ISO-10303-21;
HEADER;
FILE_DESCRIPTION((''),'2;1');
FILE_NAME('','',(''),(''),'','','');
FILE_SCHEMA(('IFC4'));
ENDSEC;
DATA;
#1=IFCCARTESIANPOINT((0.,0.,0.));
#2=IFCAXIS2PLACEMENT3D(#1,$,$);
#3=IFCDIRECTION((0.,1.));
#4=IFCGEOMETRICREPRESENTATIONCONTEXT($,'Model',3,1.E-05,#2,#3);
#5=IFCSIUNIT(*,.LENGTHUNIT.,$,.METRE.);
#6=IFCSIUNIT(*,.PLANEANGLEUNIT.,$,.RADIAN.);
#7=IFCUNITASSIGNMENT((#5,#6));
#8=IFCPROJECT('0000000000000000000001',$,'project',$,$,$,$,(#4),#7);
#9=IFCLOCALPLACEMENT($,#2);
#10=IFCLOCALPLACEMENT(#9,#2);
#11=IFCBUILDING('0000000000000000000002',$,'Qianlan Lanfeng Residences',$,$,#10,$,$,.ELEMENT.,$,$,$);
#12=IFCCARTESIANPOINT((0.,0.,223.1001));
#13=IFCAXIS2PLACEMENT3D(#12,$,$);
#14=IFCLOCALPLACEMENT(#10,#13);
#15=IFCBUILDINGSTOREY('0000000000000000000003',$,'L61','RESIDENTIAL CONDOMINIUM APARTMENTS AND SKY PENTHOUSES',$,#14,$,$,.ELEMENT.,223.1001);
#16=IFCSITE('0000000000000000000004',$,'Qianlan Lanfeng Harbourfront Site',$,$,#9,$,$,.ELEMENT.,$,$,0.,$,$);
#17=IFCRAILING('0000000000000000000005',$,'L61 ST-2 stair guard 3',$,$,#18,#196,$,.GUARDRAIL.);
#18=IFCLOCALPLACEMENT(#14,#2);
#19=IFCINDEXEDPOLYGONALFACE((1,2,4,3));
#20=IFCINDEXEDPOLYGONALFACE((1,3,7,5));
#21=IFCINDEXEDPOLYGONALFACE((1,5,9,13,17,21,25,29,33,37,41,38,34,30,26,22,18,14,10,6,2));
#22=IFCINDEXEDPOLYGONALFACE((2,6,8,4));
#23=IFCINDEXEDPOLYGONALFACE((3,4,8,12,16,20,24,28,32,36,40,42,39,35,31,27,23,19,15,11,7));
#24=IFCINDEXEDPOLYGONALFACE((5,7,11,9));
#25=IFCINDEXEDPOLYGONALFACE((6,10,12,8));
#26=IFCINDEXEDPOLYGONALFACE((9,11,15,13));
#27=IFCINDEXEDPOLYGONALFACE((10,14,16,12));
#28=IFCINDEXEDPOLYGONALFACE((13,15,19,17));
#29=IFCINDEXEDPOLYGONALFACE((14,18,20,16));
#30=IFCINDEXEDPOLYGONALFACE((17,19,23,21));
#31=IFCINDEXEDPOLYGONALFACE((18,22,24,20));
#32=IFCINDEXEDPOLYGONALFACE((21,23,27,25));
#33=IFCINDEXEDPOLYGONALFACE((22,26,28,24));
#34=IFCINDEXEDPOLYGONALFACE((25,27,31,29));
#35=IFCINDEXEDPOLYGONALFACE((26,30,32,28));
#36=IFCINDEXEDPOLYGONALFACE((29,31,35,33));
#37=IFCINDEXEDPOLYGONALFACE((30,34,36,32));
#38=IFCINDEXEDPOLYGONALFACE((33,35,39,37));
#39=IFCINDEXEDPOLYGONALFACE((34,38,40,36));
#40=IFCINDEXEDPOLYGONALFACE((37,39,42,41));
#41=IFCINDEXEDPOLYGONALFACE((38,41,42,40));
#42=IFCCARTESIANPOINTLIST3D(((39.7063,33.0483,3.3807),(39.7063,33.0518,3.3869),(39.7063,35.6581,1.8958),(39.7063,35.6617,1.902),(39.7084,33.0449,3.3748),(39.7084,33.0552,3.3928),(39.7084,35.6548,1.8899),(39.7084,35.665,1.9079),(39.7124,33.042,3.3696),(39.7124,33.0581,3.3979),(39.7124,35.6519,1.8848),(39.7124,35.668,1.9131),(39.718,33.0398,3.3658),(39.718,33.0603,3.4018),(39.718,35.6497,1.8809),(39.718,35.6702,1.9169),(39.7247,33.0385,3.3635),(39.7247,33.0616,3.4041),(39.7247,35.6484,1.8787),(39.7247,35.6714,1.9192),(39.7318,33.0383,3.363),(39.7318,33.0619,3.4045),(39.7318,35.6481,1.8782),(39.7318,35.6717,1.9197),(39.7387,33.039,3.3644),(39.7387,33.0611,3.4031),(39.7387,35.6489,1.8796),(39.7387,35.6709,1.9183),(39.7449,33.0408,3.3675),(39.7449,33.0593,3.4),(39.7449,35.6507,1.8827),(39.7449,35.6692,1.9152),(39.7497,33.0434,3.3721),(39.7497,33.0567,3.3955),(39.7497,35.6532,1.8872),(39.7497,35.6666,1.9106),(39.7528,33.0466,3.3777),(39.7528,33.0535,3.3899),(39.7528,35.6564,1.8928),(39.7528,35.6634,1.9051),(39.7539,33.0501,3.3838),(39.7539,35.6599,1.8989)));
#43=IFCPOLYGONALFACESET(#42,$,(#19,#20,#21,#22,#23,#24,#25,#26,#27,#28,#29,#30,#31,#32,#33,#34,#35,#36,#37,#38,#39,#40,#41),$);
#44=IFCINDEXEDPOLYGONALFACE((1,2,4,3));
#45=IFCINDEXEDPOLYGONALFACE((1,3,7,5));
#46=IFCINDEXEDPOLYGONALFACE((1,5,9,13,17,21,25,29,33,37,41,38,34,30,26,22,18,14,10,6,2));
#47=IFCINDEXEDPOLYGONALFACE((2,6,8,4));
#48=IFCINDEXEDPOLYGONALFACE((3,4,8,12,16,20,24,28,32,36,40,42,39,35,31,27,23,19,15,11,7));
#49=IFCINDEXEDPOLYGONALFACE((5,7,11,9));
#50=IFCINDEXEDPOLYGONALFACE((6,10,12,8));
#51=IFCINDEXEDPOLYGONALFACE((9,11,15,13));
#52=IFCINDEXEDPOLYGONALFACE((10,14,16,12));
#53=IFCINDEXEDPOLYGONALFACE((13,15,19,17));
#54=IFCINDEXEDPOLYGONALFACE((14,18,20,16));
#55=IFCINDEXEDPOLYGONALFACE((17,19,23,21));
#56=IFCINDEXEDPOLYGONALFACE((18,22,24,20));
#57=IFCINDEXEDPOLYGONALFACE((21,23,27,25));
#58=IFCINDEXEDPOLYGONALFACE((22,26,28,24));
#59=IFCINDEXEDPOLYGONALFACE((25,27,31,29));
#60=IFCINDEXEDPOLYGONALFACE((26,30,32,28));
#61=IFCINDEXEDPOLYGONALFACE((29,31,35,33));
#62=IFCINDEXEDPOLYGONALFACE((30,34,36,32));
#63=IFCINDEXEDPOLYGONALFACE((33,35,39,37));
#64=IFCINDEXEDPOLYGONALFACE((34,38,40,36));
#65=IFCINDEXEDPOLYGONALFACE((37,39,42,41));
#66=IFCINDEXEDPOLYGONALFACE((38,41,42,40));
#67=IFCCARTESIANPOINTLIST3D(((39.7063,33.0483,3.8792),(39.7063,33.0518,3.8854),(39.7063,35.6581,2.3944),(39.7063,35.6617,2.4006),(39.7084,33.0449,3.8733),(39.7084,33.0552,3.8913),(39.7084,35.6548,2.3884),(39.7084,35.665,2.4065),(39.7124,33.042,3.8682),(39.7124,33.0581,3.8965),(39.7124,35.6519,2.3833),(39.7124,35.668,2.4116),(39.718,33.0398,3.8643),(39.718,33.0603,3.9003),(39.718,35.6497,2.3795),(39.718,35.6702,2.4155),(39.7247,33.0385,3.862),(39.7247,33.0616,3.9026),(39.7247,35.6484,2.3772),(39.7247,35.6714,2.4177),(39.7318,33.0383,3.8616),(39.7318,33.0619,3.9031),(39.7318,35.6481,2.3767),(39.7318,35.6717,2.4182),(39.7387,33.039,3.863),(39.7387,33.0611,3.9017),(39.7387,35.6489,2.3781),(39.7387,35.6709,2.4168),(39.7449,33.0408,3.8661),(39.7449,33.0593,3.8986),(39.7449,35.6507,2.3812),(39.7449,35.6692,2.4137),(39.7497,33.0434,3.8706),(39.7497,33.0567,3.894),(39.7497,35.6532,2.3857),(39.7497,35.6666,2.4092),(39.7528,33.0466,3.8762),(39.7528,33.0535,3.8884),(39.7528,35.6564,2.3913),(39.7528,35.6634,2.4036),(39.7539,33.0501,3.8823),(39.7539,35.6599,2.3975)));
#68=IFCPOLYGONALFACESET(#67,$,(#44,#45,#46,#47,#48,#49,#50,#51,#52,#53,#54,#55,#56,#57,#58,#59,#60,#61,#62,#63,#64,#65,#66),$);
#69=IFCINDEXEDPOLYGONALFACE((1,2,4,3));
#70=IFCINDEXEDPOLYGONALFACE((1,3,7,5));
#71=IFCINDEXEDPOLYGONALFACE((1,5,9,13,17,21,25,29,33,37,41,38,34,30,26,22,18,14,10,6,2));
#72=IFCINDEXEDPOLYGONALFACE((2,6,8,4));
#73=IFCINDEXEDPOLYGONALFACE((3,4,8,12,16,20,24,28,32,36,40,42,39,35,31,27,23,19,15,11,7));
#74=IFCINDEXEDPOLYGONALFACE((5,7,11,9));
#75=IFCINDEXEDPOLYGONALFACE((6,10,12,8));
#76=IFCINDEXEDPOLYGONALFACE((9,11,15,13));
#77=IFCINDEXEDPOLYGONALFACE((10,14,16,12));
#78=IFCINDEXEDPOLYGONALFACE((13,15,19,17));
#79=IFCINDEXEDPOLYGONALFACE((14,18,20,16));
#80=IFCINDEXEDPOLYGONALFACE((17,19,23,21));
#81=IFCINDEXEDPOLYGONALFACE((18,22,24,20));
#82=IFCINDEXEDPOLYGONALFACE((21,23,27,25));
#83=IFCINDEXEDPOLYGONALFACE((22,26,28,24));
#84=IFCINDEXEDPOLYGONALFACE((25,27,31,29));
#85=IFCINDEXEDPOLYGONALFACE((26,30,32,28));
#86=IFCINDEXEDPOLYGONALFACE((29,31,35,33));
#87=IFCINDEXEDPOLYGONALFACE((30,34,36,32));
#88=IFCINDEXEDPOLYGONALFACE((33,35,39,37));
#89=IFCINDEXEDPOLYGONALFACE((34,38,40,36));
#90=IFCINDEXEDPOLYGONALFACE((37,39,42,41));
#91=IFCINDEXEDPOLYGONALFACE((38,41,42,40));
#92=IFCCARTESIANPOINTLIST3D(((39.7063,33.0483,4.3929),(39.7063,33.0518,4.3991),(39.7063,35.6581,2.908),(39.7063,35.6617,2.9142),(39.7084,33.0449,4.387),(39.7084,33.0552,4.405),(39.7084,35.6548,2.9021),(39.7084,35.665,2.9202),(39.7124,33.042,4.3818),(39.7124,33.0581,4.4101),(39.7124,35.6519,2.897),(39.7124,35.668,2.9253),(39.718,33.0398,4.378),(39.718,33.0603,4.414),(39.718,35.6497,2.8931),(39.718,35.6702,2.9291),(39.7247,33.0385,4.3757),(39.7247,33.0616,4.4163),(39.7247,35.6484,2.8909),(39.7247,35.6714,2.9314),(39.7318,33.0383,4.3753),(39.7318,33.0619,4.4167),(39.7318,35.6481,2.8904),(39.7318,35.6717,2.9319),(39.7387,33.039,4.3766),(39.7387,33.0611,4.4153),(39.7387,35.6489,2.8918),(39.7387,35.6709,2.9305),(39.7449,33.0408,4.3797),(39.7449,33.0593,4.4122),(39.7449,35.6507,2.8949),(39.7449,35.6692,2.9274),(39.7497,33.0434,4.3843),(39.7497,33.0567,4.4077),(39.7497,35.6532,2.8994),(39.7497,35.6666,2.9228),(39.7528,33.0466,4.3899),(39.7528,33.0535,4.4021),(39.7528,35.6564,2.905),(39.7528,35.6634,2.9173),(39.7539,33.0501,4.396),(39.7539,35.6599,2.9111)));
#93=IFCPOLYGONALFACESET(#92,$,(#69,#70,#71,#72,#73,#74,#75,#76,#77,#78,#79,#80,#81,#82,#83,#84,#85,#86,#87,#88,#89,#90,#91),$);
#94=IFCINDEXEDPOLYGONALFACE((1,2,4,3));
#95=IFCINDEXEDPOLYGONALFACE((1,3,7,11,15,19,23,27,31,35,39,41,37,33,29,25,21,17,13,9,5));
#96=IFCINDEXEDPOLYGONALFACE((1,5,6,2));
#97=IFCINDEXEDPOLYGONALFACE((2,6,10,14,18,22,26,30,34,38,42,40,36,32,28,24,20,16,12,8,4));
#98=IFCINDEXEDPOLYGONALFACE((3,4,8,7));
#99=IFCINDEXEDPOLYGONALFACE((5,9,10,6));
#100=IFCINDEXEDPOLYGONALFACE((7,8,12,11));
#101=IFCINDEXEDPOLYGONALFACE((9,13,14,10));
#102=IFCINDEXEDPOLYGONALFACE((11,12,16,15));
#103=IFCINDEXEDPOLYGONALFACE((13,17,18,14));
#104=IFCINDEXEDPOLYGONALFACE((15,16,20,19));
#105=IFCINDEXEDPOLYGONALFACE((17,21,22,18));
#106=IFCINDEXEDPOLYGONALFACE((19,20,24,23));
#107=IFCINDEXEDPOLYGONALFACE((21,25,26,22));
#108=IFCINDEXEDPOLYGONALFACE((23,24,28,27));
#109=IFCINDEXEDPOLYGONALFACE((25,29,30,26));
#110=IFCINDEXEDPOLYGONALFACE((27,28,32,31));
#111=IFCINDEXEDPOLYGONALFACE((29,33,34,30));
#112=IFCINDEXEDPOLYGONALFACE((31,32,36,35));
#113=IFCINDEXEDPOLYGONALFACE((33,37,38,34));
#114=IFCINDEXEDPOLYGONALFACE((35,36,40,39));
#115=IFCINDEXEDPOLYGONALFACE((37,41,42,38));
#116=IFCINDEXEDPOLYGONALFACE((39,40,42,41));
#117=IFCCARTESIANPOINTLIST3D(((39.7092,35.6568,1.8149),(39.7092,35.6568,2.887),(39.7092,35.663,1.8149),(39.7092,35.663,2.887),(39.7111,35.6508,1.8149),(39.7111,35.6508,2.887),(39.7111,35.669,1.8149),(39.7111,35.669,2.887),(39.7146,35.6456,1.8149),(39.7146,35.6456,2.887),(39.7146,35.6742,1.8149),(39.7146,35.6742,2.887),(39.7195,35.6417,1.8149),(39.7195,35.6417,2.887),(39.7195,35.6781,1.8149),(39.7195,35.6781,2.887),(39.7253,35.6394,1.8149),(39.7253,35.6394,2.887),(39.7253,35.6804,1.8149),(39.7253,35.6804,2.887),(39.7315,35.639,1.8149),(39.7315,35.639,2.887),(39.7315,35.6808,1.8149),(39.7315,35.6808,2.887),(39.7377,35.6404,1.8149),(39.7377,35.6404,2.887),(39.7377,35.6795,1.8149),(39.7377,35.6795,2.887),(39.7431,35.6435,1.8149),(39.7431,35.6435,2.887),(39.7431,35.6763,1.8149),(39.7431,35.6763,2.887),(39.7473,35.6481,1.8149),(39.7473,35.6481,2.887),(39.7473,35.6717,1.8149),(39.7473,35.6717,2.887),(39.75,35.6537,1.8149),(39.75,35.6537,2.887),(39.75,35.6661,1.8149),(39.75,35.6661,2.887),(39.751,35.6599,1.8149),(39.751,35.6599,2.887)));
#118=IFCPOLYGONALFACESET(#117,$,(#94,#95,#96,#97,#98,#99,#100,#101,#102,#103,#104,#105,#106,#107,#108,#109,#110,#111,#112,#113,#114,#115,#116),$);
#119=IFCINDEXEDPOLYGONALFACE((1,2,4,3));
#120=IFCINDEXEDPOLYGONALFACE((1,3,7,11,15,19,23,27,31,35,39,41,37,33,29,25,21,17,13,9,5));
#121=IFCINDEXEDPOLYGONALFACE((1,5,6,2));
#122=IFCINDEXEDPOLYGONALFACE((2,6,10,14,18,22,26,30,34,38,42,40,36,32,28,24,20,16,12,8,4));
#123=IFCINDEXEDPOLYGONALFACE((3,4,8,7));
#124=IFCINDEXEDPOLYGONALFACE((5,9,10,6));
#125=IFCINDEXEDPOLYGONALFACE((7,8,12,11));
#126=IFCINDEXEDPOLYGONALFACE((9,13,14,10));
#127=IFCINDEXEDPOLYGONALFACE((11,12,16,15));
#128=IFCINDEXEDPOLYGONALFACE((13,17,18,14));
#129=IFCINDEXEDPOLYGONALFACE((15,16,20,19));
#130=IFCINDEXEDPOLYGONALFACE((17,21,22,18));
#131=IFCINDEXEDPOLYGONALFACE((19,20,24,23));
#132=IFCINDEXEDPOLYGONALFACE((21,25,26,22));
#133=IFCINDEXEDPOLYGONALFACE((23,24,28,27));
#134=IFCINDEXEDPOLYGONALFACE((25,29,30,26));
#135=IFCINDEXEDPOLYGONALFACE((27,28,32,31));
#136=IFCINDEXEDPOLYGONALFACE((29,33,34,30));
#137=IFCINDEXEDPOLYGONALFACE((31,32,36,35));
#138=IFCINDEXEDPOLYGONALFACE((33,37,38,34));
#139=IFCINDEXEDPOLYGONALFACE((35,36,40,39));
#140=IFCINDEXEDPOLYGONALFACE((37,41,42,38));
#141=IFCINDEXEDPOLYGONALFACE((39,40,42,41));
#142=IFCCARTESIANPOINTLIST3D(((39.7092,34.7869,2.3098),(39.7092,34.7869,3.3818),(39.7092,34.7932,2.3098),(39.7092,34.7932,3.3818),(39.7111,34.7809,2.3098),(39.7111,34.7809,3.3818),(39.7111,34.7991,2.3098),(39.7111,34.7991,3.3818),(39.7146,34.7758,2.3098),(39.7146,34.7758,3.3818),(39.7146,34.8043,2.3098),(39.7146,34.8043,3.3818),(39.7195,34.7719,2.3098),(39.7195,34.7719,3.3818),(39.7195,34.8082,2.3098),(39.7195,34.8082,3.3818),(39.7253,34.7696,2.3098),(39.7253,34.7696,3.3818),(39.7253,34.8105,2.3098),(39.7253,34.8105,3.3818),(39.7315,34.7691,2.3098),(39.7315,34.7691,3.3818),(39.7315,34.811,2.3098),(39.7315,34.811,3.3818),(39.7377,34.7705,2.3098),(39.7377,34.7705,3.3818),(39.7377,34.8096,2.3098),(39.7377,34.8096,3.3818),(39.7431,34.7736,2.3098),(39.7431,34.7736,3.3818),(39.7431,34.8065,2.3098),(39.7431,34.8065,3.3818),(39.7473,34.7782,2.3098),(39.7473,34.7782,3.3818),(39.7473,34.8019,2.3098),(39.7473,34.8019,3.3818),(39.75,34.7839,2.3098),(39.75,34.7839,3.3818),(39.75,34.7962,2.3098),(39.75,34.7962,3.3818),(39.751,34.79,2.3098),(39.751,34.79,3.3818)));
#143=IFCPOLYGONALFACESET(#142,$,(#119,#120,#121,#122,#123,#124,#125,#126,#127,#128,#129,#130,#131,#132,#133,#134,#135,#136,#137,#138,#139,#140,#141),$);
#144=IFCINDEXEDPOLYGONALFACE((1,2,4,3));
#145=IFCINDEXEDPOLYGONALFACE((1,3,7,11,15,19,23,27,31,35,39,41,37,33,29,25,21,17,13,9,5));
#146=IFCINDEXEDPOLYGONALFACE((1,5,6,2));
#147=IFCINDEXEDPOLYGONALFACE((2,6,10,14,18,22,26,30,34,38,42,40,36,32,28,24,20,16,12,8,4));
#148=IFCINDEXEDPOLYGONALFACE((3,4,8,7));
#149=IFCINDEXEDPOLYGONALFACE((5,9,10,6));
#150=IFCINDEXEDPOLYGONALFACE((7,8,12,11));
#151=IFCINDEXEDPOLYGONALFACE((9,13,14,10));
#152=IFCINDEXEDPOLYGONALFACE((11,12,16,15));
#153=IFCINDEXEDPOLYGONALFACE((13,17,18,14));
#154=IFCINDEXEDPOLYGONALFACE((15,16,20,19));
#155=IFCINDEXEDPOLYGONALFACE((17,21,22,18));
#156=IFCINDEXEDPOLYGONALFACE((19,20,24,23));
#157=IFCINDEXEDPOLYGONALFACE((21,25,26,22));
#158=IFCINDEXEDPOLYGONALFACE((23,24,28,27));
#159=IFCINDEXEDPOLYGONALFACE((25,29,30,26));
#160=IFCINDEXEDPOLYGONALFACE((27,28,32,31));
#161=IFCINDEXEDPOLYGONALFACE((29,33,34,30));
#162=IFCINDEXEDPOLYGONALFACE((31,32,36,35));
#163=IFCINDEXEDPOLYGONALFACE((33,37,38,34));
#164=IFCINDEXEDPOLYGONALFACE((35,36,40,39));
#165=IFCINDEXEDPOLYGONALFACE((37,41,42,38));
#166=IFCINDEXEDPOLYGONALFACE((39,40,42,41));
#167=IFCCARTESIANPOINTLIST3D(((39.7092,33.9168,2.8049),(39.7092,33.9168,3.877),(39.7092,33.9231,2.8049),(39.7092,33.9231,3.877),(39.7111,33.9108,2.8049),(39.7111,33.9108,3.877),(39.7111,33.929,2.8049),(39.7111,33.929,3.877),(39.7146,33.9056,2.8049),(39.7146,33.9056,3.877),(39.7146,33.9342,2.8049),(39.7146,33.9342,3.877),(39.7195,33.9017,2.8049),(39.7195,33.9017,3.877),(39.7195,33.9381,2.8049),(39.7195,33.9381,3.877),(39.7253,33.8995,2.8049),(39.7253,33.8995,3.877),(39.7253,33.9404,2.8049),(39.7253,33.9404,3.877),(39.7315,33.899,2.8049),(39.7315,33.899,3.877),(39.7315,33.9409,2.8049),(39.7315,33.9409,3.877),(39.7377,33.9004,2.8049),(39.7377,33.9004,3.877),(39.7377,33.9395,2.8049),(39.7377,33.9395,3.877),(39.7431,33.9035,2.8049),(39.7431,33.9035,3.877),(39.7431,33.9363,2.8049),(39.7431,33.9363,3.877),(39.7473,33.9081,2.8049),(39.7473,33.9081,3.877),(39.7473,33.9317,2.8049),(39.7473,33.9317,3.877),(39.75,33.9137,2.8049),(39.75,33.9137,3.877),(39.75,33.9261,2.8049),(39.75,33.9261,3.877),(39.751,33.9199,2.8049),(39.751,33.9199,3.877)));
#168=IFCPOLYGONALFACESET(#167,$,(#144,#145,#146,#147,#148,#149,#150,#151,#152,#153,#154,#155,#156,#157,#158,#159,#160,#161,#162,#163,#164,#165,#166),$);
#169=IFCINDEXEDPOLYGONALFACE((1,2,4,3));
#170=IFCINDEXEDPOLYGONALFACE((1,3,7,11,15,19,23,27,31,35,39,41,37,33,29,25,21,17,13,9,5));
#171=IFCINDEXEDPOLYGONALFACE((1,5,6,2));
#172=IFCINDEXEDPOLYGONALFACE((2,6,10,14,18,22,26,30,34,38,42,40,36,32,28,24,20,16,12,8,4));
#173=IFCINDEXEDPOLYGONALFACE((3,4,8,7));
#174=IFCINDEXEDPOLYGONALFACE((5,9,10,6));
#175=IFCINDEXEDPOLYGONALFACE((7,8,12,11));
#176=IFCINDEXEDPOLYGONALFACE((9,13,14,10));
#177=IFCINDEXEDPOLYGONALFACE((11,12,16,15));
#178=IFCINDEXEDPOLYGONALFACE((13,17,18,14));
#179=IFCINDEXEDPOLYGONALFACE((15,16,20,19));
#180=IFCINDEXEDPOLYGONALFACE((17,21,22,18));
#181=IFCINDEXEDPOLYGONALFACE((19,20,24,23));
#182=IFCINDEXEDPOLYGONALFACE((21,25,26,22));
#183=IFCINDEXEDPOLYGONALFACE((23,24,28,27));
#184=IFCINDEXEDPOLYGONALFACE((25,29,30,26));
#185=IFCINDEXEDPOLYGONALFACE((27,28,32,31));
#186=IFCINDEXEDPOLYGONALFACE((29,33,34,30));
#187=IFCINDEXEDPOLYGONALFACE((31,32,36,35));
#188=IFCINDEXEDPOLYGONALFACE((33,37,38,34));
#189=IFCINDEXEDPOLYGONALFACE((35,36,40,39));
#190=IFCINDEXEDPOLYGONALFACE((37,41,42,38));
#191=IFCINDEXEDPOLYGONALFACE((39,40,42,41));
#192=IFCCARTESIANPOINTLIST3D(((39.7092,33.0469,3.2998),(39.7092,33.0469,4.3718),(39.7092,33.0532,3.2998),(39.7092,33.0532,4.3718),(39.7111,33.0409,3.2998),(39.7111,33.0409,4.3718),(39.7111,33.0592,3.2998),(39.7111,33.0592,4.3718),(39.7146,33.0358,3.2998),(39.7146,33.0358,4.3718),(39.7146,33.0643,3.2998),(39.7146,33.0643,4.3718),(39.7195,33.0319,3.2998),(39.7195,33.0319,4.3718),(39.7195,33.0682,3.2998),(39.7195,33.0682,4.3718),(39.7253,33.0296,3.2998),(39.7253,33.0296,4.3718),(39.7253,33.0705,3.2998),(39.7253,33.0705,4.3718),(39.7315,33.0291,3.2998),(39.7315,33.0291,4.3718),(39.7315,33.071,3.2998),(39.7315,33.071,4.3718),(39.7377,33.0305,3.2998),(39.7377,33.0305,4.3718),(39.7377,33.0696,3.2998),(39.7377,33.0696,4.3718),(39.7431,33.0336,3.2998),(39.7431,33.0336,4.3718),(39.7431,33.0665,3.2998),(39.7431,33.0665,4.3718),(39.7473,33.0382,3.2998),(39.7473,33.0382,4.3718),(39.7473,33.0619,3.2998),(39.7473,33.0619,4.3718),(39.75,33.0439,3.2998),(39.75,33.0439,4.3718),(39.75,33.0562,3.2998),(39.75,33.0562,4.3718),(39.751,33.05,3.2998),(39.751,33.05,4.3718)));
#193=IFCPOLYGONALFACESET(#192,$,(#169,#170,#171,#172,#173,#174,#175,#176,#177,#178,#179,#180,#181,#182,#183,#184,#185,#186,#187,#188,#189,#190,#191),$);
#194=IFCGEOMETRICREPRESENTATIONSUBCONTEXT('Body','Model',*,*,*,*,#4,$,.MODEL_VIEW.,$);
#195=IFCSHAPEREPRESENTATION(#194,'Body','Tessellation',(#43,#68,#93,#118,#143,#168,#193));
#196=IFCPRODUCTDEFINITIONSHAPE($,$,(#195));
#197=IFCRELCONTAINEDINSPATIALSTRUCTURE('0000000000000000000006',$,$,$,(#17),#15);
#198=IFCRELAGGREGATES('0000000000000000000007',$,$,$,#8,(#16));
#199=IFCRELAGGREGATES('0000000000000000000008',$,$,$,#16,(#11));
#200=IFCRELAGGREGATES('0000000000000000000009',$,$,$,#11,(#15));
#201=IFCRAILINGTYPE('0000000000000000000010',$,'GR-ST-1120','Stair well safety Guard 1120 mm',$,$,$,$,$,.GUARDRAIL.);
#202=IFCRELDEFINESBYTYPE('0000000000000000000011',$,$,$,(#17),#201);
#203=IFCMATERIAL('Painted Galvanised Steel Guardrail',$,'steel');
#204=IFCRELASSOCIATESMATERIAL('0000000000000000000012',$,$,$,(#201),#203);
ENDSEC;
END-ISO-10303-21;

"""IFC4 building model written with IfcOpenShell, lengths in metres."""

from ifc_helpers import new_model, si_unit, direction, frame, origin, origin_2d, place, context, subcontext, project, spatial, circle, extrude, material, type_object, element, save


model = new_model("IFC4")

# Units and contexts
model_context = context("Model", 3, precision=1e-05, world=origin(), true_north=direction((0.0, 1.0)))
body_context = subcontext(model_context, "Body", "Model", "MODEL_VIEW")
ifc_project = project(units=[si_unit("LENGTHUNIT", "METRE"), si_unit("PLANEANGLEUNIT", "RADIAN")], contexts=[model_context])

# Site, building, storey
site_placement = place(None, origin())
site = spatial("IfcSite", under=ifc_project, at=site_placement, Name="Qianlan Lanfeng Harbourfront Site", CompositionType="ELEMENT", RefElevation=0.0)
building_placement = place(site_placement, origin())
building = spatial("IfcBuilding", under=site, at=building_placement, Name="Qianlan Lanfeng Residences", CompositionType="ELEMENT")
storey_placement = place(building_placement, frame((0.0, 0.0, 223.1001)))
storey = spatial("IfcBuildingStorey", under=building, at=storey_placement, Name="L61", Description="RESIDENTIAL CONDOMINIUM APARTMENTS AND SKY PENTHOUSES", CompositionType="ELEMENT", Elevation=223.1001)

# Railing
ifc_material_1 = material(Name="Painted Galvanised Steel Guardrail", Category="steel")
railing_type_1 = type_object("IfcRailingType", Name="GR-ST-1120", Description="Stair well safety Guard 1120 mm", PredefinedType="GUARDRAIL", material=ifc_material_1)
railing_1_placement = place(storey_placement, frame((39.73, 35.6599, 1.8149)))
element("IfcRailing", 1, at=railing_1_placement, inside=storey, type_object=railing_type_1, Name="L61 ST-2 stair guard 3", PredefinedType="GUARDRAIL", context=body_context, shape_type="SweptSolid", body=[
    extrude(circle(Radius=0.0239, at=origin_2d()), frame((0.0, 0.0, 0.084), z_axis=(0.0, -0.869172, 0.494509), x_axis=(1.0, 0.0, 0.0)), (0.0, 0.0, 1.0), 3.0027),
    extrude(circle(Radius=0.0239, at=origin_2d()), frame((0.0, 0.0, 0.5825), z_axis=(0.0, -0.869172, 0.494509), x_axis=(1.0, 0.0, 0.0)), (0.0, 0.0, 1.0), 3.0027),
    extrude(circle(Radius=0.0239, at=origin_2d()), frame((0.0, 0.0, 1.0962), z_axis=(0.0, -0.869172, 0.494509), x_axis=(1.0, 0.0, 0.0)), (0.0, 0.0, 1.0), 3.0027),
    extrude(circle(Radius=0.021, at=origin_2d()), origin(), (0.0, 0.0, 1.0), 1.072),
    extrude(circle(Radius=0.021, at=origin_2d()), frame((0.0, -0.8699, 0.4949)), (0.0, 0.0, 1.0), 1.072),
    extrude(circle(Radius=0.021, at=origin_2d()), frame((0.0, -1.74, 0.99)), (0.0, 0.0, 1.0), 1.072),
    extrude(circle(Radius=0.021, at=origin_2d()), frame((0.0, -2.6099, 1.4849)), (0.0, 0.0, 1.0), 1.072),
])

save(model, "model.ifc")
